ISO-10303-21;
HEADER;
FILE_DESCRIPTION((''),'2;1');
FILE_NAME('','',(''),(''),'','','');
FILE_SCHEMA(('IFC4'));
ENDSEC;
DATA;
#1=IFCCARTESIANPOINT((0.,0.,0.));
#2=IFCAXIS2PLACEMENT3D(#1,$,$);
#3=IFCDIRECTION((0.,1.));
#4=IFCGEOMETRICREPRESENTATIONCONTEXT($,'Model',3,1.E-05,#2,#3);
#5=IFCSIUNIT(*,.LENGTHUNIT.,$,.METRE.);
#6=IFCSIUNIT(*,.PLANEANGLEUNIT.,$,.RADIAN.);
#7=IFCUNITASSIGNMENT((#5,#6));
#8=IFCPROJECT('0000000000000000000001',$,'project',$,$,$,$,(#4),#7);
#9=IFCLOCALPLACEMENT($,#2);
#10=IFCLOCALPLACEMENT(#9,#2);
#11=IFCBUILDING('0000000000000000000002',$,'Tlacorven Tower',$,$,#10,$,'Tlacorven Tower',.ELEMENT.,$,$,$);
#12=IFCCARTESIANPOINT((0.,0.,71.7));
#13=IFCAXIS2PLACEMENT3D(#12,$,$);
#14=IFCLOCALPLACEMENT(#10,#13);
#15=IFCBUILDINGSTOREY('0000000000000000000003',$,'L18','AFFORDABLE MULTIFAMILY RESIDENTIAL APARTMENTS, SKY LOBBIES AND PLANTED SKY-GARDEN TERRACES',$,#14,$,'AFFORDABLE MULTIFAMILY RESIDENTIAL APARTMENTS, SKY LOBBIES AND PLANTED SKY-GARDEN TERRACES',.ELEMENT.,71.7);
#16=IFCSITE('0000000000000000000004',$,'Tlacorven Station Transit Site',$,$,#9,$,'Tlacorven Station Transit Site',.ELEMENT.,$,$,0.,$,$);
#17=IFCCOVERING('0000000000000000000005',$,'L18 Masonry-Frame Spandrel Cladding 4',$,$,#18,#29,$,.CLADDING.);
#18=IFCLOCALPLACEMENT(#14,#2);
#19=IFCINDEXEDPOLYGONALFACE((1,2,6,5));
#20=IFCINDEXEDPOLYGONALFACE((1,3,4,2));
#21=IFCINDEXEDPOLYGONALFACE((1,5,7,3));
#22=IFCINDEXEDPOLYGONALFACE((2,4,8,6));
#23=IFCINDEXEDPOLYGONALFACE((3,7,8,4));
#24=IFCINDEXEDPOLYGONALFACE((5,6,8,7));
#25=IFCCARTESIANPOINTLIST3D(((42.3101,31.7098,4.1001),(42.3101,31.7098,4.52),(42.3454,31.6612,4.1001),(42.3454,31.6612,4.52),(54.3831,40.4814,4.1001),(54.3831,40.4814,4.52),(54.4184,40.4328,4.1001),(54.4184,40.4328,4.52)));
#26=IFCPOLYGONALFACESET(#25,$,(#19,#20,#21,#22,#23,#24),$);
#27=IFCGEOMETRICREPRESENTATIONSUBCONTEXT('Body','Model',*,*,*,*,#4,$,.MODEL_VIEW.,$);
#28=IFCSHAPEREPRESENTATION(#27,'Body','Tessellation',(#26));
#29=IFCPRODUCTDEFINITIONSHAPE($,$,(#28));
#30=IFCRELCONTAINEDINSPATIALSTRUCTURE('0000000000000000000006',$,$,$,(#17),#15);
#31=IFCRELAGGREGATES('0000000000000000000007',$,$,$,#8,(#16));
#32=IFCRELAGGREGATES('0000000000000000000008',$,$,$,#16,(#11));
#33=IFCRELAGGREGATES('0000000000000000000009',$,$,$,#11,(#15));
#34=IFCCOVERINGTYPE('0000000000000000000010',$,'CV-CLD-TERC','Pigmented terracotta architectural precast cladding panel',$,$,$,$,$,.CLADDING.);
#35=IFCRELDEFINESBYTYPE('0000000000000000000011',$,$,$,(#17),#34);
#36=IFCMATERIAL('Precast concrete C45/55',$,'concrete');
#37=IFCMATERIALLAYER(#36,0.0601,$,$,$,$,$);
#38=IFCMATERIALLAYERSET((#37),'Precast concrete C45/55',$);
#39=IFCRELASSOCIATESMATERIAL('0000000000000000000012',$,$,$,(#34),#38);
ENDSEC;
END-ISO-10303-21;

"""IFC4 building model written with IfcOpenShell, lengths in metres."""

from ifc_helpers import new_model, si_unit, direction, frame, origin, origin_2d, place, context, subcontext, project, spatial, rectangle, extrude, source, transform, mapped, material, layer, layer_set, type_object, element, save


model = new_model("IFC4")

# Units and contexts
model_context = context("Model", 3, precision=1e-05, world=origin(), true_north=direction((0.0, 1.0)))
body_context = subcontext(model_context, "Body", "Model", "MODEL_VIEW")
ifc_project = project(units=[si_unit("LENGTHUNIT", "METRE"), si_unit("PLANEANGLEUNIT", "RADIAN")], contexts=[model_context])

# Site, building, storey
site_placement = place(None, origin())
site = spatial("IfcSite", under=ifc_project, at=site_placement, Name="Tlacorven Station Transit Site", LongName="Tlacorven Station Transit Site", CompositionType="ELEMENT", RefElevation=0.0)
building_placement = place(site_placement, origin())
building = spatial("IfcBuilding", under=site, at=building_placement, Name="Tlacorven Tower", LongName="Tlacorven Tower", CompositionType="ELEMENT")
storey_placement = place(building_placement, frame((0.0, 0.0, 71.7)))
storey = spatial("IfcBuildingStorey", under=building, at=storey_placement, Name="L18", Description="AFFORDABLE MULTIFAMILY RESIDENTIAL APARTMENTS, SKY LOBBIES AND PLANTED SKY-GARDEN TERRACES", LongName="AFFORDABLE MULTIFAMILY RESIDENTIAL APARTMENTS, SKY LOBBIES AND PLANTED SKY-GARDEN TERRACES", CompositionType="ELEMENT", Elevation=71.7)

# Shared definitions
ifc_material_1 = material(Name="Precast concrete C45/55", Category="concrete")

# Covering
ifc_layer_1 = layer(ifc_material_1, 0.0601)
ifc_layer_set_1 = layer_set([ifc_layer_1], Name="Precast concrete C45/55")
covering_type = type_object("IfcCoveringType", Name="CV-CLD-TERC", Description="Pigmented terracotta architectural precast cladding panel", PredefinedType="CLADDING", material=ifc_layer_set_1)
shared_shape_1 = source(origin(), body_context, "Body", "SweptSolid", [
    extrude(rectangle(XDim=14.9231, YDim=0.0601, at=origin_2d()), origin(), (0.0, 0.0, 1.0), 0.4199),
])
covering_placement = place(storey_placement, frame((48.3643, 36.0713, 4.1001), z_axis=(0.0, 0.0, 1.0), x_axis=(0.809017, 0.587786, 0.0)))
element("IfcCovering", 1, at=covering_placement, inside=storey, type_object=covering_type, Name="L18 Masonry-Frame Spandrel Cladding 4", PredefinedType="CLADDING", context=body_context, shape_type="MappedRepresentation", body=[
    mapped(shared_shape_1, transform((0.0, 0.0, 0.0), scale=1.0)),
])

save(model, "model.ifc")
